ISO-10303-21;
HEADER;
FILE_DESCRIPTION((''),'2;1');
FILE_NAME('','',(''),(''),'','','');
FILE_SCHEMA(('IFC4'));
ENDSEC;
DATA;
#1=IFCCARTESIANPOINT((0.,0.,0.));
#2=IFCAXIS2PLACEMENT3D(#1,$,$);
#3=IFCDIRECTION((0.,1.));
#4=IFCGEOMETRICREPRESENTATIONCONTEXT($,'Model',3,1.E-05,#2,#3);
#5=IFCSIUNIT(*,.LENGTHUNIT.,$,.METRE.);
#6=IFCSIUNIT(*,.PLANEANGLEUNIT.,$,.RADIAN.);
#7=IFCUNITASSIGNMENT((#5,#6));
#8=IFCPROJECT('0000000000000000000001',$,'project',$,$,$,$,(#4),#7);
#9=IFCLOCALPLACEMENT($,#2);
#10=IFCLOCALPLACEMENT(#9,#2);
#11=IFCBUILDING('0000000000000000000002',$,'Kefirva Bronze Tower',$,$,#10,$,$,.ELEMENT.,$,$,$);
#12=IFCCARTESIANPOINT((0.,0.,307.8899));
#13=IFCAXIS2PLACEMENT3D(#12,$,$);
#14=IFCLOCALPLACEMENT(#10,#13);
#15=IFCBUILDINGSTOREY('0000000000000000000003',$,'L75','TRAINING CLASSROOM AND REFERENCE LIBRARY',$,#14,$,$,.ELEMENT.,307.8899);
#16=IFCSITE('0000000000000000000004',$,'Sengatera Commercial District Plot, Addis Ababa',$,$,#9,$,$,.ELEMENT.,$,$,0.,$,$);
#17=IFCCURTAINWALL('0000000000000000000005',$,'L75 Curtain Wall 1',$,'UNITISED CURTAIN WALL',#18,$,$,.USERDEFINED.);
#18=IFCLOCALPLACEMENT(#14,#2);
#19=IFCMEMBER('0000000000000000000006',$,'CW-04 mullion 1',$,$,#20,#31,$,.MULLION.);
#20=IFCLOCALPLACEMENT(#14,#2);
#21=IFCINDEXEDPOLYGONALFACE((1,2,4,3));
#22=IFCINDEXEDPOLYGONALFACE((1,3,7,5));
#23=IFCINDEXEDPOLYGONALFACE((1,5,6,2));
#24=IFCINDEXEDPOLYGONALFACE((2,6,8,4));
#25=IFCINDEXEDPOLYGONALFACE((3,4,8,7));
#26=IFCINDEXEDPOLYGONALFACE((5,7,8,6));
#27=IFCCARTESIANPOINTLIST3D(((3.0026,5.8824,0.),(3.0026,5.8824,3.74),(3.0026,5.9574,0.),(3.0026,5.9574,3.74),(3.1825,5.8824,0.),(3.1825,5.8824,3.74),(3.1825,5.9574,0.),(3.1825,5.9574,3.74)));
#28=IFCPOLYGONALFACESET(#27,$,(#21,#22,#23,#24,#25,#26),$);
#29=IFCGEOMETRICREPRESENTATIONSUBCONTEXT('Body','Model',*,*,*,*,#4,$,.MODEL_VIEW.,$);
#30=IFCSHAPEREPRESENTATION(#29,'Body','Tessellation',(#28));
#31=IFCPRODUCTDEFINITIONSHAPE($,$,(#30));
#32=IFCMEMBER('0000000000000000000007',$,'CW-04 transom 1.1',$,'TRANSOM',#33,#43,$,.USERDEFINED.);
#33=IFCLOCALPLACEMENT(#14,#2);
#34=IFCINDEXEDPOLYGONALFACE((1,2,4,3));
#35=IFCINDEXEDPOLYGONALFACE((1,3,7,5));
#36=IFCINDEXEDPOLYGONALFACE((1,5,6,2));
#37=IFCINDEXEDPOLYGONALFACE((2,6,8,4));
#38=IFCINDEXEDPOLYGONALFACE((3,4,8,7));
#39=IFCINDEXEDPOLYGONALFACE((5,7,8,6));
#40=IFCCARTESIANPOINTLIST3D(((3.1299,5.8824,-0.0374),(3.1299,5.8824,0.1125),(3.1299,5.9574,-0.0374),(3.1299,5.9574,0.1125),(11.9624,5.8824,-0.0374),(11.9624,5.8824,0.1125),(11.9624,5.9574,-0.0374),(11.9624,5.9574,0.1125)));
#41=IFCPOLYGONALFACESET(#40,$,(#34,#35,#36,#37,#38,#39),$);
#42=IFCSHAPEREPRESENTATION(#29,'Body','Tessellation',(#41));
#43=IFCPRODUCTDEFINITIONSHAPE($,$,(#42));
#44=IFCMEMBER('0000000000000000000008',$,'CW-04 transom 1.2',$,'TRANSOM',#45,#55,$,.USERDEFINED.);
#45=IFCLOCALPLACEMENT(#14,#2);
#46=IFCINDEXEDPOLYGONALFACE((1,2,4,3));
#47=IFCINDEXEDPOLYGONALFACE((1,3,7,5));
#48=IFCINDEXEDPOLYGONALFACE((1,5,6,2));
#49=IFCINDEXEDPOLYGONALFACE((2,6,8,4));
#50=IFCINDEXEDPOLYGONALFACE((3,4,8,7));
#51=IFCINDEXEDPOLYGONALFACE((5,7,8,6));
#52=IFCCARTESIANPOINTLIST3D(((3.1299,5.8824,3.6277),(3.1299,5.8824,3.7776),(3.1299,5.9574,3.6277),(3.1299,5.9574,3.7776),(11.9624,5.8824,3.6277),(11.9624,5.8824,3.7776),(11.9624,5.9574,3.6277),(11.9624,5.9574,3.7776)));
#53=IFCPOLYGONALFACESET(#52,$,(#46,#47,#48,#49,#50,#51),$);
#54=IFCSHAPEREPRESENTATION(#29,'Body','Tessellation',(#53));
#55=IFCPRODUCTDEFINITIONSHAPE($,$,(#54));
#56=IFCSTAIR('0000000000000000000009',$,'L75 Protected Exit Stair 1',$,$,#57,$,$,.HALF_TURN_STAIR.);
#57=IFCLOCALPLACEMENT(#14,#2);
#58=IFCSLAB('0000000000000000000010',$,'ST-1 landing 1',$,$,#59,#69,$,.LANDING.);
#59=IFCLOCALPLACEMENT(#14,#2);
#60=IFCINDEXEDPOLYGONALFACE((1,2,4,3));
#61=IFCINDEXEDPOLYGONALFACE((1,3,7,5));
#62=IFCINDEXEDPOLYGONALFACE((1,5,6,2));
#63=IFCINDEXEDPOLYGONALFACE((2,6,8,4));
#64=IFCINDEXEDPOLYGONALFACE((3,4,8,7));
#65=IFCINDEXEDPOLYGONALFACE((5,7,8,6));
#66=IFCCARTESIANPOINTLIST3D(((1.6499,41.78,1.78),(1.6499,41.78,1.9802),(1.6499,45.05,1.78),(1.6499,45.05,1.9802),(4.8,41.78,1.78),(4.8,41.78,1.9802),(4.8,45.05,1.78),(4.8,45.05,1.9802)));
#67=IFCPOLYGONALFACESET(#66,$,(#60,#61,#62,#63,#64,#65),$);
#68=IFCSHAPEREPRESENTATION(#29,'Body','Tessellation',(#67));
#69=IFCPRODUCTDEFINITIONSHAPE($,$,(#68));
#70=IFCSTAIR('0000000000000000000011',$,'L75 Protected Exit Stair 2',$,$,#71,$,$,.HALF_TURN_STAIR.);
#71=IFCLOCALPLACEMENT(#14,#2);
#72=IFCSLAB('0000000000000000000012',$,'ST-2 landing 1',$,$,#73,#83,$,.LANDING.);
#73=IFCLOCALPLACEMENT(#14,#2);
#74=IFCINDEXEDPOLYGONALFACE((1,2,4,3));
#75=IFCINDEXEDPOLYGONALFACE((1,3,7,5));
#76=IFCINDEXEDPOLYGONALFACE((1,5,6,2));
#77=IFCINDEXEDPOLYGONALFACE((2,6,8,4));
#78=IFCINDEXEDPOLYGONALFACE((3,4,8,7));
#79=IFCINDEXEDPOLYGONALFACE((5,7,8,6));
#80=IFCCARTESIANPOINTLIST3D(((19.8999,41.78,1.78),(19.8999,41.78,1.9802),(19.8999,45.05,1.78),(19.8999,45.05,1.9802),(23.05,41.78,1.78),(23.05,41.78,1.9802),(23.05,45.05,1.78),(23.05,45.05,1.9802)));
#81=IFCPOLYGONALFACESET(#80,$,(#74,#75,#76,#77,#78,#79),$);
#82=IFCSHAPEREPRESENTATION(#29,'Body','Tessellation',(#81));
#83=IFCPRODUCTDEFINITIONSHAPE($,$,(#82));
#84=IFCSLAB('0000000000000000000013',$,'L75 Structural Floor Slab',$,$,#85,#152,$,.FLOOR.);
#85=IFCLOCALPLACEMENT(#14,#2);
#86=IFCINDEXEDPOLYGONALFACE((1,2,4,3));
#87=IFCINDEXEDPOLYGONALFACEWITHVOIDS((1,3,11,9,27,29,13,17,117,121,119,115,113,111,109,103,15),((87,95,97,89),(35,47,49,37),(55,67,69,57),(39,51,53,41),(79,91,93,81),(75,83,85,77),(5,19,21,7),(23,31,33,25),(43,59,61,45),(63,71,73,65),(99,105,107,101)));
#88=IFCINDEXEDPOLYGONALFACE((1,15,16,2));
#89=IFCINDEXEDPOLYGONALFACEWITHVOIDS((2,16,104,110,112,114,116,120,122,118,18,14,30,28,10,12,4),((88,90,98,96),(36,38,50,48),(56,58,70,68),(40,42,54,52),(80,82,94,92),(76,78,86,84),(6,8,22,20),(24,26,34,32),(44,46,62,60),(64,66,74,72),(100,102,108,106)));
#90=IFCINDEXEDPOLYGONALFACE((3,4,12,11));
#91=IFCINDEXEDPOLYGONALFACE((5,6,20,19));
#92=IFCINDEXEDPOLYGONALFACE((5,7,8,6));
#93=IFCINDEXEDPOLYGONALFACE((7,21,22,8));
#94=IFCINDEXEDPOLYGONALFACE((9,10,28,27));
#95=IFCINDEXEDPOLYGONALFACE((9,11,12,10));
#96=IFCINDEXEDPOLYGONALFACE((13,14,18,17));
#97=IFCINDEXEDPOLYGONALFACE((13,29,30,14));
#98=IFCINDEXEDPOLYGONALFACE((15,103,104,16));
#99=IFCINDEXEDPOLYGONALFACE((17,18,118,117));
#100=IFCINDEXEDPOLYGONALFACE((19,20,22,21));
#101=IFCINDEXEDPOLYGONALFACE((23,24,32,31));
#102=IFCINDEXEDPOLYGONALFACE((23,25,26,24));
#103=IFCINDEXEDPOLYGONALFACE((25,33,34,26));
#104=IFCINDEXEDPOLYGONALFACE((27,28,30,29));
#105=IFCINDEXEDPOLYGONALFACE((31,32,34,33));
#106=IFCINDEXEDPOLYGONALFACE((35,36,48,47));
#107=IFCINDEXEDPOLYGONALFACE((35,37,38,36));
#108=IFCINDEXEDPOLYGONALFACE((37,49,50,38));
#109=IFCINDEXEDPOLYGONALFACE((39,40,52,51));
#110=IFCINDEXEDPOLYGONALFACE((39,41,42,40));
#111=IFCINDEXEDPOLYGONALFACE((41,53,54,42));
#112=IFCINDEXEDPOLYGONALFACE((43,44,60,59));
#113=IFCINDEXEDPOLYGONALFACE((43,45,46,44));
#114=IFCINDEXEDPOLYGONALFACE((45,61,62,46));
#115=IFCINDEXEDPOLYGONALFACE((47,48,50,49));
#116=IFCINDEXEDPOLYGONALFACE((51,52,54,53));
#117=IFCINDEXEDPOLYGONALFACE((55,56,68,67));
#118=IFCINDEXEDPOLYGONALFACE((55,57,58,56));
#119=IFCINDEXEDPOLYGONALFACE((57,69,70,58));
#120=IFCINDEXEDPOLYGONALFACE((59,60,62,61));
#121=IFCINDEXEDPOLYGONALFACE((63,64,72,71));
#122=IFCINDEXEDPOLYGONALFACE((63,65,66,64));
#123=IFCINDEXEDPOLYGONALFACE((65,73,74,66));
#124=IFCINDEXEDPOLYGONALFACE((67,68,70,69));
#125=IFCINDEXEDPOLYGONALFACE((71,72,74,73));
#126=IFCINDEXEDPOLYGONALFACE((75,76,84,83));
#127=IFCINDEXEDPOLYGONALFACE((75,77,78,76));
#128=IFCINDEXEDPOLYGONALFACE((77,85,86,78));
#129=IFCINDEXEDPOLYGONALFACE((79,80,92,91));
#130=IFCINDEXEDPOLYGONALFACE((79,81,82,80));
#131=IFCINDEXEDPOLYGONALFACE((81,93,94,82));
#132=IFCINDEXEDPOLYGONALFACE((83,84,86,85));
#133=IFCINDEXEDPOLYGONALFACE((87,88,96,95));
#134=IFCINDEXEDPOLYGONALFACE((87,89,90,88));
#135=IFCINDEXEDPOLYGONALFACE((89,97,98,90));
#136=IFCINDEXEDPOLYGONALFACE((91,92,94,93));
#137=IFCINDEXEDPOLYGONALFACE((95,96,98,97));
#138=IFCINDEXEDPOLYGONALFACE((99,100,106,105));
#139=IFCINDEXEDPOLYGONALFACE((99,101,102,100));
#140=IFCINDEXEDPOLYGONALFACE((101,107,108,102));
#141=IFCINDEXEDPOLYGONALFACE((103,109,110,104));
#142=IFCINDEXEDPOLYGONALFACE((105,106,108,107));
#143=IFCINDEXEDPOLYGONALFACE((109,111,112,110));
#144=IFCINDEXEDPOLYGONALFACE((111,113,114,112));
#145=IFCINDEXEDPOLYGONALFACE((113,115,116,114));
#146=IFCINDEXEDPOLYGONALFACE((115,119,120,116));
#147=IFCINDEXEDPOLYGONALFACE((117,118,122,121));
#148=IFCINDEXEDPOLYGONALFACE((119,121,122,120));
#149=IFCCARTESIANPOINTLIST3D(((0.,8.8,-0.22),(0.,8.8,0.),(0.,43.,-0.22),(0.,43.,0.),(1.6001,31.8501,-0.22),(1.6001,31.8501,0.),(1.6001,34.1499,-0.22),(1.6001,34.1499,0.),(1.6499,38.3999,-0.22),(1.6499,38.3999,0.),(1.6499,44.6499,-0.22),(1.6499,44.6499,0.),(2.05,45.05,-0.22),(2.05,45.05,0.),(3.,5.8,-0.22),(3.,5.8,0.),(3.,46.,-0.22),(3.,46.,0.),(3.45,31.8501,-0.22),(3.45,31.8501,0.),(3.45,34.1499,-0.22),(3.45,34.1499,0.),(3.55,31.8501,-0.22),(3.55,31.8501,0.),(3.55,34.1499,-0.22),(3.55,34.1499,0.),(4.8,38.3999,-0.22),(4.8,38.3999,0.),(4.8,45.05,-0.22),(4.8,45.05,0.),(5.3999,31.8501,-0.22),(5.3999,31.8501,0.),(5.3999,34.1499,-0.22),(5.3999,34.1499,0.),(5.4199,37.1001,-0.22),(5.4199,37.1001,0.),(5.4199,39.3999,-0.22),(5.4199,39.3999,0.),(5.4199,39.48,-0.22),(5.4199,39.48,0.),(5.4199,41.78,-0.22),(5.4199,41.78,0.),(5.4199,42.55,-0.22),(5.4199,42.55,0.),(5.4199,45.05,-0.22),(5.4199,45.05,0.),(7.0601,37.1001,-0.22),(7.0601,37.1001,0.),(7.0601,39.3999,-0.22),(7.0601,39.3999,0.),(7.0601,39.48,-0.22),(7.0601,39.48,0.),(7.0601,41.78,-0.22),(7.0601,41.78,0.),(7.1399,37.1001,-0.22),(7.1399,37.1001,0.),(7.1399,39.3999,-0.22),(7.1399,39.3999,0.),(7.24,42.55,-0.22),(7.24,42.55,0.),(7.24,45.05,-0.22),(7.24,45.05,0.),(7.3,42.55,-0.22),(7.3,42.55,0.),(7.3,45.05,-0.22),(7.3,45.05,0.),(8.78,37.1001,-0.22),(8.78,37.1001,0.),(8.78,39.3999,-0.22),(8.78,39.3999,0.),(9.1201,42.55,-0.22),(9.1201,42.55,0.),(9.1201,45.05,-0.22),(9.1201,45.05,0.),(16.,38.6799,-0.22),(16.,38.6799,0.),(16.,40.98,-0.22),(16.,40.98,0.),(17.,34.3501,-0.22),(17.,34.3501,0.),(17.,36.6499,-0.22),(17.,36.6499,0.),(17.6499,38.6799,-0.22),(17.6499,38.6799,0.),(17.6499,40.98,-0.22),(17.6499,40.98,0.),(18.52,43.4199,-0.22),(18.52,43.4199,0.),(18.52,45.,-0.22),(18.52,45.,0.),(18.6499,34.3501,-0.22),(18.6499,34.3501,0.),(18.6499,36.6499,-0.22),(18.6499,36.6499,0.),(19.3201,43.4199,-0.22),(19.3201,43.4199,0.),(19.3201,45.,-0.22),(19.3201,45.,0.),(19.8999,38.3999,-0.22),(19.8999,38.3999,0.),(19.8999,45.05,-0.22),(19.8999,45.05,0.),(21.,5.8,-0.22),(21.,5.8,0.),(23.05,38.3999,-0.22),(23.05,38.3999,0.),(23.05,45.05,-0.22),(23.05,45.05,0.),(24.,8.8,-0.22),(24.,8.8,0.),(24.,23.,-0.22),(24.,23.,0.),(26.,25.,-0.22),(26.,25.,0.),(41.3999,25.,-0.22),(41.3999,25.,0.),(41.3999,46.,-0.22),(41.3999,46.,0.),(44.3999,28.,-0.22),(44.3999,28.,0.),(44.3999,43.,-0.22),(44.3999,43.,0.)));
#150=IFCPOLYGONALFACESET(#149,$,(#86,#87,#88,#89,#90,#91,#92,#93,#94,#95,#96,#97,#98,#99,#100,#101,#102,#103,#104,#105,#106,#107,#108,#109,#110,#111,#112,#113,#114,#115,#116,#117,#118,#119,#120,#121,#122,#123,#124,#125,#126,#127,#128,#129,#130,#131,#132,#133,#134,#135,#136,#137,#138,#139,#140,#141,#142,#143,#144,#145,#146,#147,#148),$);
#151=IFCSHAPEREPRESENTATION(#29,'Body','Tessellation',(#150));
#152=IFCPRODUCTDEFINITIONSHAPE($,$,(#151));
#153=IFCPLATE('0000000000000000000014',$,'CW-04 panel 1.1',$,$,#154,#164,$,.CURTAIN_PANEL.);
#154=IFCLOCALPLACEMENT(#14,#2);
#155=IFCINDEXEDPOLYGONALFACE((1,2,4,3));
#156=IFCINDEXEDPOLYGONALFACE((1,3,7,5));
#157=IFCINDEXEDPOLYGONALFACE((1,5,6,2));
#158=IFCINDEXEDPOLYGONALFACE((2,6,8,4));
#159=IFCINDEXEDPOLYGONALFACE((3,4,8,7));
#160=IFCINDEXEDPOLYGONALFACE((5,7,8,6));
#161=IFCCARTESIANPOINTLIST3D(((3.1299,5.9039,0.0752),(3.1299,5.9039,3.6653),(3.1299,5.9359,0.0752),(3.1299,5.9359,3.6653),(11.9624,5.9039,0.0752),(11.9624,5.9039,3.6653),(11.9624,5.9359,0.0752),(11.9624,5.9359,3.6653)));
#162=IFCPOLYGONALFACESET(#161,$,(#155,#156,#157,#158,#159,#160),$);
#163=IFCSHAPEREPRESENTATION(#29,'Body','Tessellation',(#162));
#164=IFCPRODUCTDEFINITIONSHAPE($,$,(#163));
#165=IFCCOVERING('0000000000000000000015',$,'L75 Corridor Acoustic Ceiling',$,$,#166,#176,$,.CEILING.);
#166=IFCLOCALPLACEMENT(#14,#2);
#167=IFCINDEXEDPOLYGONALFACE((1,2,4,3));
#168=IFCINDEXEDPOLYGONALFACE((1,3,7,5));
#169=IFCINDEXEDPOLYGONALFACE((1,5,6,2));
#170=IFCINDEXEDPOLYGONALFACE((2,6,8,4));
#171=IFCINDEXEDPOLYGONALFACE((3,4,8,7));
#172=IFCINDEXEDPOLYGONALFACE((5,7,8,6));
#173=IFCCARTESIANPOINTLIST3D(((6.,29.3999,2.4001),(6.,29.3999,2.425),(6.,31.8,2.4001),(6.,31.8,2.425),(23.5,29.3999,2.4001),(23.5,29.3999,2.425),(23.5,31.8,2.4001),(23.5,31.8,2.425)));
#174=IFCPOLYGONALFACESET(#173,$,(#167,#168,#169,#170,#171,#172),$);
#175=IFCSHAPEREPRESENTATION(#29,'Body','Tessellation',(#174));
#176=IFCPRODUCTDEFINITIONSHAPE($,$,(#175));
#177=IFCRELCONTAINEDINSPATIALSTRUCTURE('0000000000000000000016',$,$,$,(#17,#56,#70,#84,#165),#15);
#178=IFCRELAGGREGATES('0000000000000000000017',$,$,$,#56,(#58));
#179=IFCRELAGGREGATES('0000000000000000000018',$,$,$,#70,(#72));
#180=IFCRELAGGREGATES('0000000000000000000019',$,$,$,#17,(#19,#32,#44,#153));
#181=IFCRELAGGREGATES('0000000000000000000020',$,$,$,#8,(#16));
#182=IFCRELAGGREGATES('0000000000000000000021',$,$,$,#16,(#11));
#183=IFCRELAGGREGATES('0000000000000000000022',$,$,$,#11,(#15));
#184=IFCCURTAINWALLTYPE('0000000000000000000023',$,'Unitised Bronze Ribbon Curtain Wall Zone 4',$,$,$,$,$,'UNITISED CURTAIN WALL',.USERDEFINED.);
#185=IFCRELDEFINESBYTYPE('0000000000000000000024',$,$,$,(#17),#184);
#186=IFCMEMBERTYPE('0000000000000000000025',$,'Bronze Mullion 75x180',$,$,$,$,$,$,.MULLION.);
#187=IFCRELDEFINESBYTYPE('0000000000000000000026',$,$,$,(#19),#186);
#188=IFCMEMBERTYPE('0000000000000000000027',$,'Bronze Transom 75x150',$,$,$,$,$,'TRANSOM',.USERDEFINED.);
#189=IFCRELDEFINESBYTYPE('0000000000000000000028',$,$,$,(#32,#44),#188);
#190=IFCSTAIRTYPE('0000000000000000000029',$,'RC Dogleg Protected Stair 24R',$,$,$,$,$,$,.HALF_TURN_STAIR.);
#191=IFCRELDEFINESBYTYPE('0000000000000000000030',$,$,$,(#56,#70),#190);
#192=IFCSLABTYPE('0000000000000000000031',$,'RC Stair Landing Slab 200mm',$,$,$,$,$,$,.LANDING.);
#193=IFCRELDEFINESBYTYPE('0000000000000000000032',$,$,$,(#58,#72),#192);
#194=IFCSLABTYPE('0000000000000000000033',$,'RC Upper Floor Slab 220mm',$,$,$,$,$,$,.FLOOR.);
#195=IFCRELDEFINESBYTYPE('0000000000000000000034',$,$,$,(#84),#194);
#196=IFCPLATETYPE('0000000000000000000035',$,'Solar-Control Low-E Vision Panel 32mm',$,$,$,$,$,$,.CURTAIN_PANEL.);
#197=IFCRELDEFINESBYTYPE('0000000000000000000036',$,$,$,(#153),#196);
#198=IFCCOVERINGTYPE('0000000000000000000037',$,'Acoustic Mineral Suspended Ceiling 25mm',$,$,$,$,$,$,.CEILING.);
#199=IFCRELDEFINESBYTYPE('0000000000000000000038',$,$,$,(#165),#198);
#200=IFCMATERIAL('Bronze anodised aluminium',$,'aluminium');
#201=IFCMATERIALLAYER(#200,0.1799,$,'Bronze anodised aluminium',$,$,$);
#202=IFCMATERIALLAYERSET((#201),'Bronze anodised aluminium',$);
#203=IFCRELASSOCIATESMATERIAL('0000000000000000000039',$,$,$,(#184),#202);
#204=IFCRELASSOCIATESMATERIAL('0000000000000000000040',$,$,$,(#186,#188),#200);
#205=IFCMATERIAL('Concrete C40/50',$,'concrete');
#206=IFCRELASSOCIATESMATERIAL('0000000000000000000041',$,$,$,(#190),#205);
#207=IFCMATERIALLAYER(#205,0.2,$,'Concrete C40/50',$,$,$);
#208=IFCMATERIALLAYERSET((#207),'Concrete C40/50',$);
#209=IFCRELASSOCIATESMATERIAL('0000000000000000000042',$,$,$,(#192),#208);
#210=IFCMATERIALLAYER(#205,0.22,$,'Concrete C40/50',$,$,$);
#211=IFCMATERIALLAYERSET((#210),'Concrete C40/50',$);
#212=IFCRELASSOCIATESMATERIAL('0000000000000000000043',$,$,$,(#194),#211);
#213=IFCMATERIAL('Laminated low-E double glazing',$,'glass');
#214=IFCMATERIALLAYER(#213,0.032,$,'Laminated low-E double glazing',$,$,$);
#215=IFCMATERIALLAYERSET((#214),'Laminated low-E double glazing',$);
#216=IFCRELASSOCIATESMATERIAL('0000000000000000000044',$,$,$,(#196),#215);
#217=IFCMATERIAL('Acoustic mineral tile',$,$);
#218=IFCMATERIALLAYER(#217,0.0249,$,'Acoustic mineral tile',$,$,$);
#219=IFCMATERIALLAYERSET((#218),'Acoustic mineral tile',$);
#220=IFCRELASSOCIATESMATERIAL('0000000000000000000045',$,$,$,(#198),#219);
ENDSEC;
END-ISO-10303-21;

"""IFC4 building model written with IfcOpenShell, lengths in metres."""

from ifc_helpers import new_model, si_unit, direction, frame, origin, origin_2d, place, context, subcontext, project, spatial, polyline, rectangle, outline, extrude, material, layer, layer_set, material_profile, profile_set, type_object, element, aggregate, save


model = new_model("IFC4")

# Units and contexts
model_context = context("Model", 3, precision=1e-05, world=origin(), true_north=direction((0.0, 1.0)))
body_context = subcontext(model_context, "Body", "Model", "MODEL_VIEW")
ifc_project = project(units=[si_unit("LENGTHUNIT", "METRE"), si_unit("PLANEANGLEUNIT", "RADIAN")], contexts=[model_context])

# Site, building, storey
site_placement = place(None, origin())
site = spatial("IfcSite", under=ifc_project, at=site_placement, Name="Sengatera Commercial District Plot, Addis Ababa", CompositionType="ELEMENT", RefElevation=0.0)
building_placement = place(site_placement, origin())
building = spatial("IfcBuilding", under=site, at=building_placement, Name="Kefirva Bronze Tower", CompositionType="ELEMENT")
storey_placement = place(building_placement, frame((0.0, 0.0, 307.8899)))
storey = spatial("IfcBuildingStorey", under=building, at=storey_placement, Name="L75", Description="TRAINING CLASSROOM AND REFERENCE LIBRARY", CompositionType="ELEMENT", Elevation=307.8899)

# Curtain wall, members
ifc_material_1 = material(Name="Bronze anodised aluminium", Category="aluminium")
ifc_layer_1 = layer(ifc_material_1, 0.1799, Name="Bronze anodised aluminium")
ifc_layer_set_1 = layer_set([ifc_layer_1], Name="Bronze anodised aluminium")
curtain_wall_type = type_object("IfcCurtainWallType", Name="Unitised Bronze Ribbon Curtain Wall Zone 4", ElementType="UNITISED CURTAIN WALL", PredefinedType="USERDEFINED", material=ifc_layer_set_1)
curtain_wall_placement = place(storey_placement, origin())
curtain_wall = element("IfcCurtainWall", 1, at=curtain_wall_placement, inside=storey, type_object=curtain_wall_type, Name="L75 Curtain Wall 1", ObjectType="UNITISED CURTAIN WALL", PredefinedType="USERDEFINED")
ifc_material_profile_1 = material_profile(ifc_material_1, rectangle(XDim=0.075, YDim=0.1799, at=origin_2d()), Name="ALU 75x180")
ifc_profile_set_1 = profile_set([ifc_material_profile_1], Name="Bronze anodised aluminium")
member_type_1 = type_object("IfcMemberType", Name="Bronze Mullion 75x180", PredefinedType="MULLION", material=ifc_profile_set_1)
member_1_placement = place(storey_placement, frame((3.0925, 5.9199, 0.0), z_axis=(0.0, 0.0, 1.0), x_axis=(0.0, 1.0, 0.0)))
member_1 = element("IfcMember", 2, at=member_1_placement, type_object=member_type_1, Name="CW-04 mullion 1", PredefinedType="MULLION", context=body_context, shape_type="SweptSolid", body=[
    extrude(rectangle(XDim=0.075, YDim=0.1799, at=origin_2d()), origin(), (0.0, 0.0, 1.0), 3.74),
])
ifc_material_profile_2 = material_profile(ifc_material_1, rectangle(XDim=0.075, YDim=0.1499, at=origin_2d()), Name="ALU 75x150")
ifc_profile_set_2 = profile_set([ifc_material_profile_2], Name="Bronze anodised aluminium")
member_type_2 = type_object("IfcMemberType", Name="Bronze Transom 75x150", ElementType="TRANSOM", PredefinedType="USERDEFINED", material=ifc_profile_set_2)
member_2_placement = place(storey_placement, frame((3.1299, 5.9199, 0.0376), z_axis=(1.0, 0.0, 0.0), x_axis=(0.0, 1.0, 0.0)))
member_2 = element("IfcMember", 3, at=member_2_placement, type_object=member_type_2, Name="CW-04 transom 1.1", ObjectType="TRANSOM", PredefinedType="USERDEFINED", context=body_context, shape_type="SweptSolid", body=[
    extrude(rectangle(XDim=0.075, YDim=0.1499, at=origin_2d()), origin(), (0.0, 0.0, 1.0), 8.8325),
])
member_3_placement = place(storey_placement, frame((3.1299, 5.9199, 3.7026), z_axis=(1.0, 0.0, 0.0), x_axis=(0.0, 1.0, 0.0)))
member_3 = element("IfcMember", 4, at=member_3_placement, type_object=member_type_2, Name="CW-04 transom 1.2", ObjectType="TRANSOM", PredefinedType="USERDEFINED", context=body_context, shape_type="SweptSolid", body=[
    extrude(rectangle(XDim=0.075, YDim=0.1499, at=origin_2d()), origin(), (0.0, 0.0, 1.0), 8.8325),
])

# Stairs, slabs
ifc_material_2 = material(Name="Concrete C40/50", Category="concrete")
stair_type = type_object("IfcStairType", Name="RC Dogleg Protected Stair 24R", PredefinedType="HALF_TURN_STAIR", material=ifc_material_2)
stair_1_placement = place(storey_placement, origin())
stair_1 = element("IfcStair", 5, at=stair_1_placement, inside=storey, type_object=stair_type, Name="L75 Protected Exit Stair 1", PredefinedType="HALF_TURN_STAIR")
ifc_layer_2 = layer(ifc_material_2, 0.2, Name="Concrete C40/50")
ifc_layer_set_2 = layer_set([ifc_layer_2], Name="Concrete C40/50")
slab_type_1 = type_object("IfcSlabType", Name="RC Stair Landing Slab 200mm", PredefinedType="LANDING", material=ifc_layer_set_2)
slab_1_placement = place(storey_placement, frame((0.0, 0.0, 1.78)))
slab_1 = element("IfcSlab", 6, at=slab_1_placement, type_object=slab_type_1, Name="ST-1 landing 1", PredefinedType="LANDING", context=body_context, shape_type="SweptSolid", body=[
    extrude(outline(polyline([(4.8, 41.78), (4.8, 45.05), (1.6499, 45.05), (1.6499, 41.78), (4.8, 41.78)])), origin(), (0.0, 0.0, 1.0), 0.2002),
])
aggregate(stair_1, [slab_1])
stair_2_placement = place(storey_placement, origin())
stair_2 = element("IfcStair", 7, at=stair_2_placement, inside=storey, type_object=stair_type, Name="L75 Protected Exit Stair 2", PredefinedType="HALF_TURN_STAIR")
slab_2_placement = place(storey_placement, frame((0.0, 0.0, 1.78)))
slab_2 = element("IfcSlab", 8, at=slab_2_placement, type_object=slab_type_1, Name="ST-2 landing 1", PredefinedType="LANDING", context=body_context, shape_type="SweptSolid", body=[
    extrude(outline(polyline([(23.05, 41.78), (23.05, 45.05), (19.8999, 45.05), (19.8999, 41.78), (23.05, 41.78)])), origin(), (0.0, 0.0, 1.0), 0.2002),
])
aggregate(stair_2, [slab_2])

# Slab
ifc_layer_3 = layer(ifc_material_2, 0.22, Name="Concrete C40/50")
ifc_layer_set_3 = layer_set([ifc_layer_3], Name="Concrete C40/50")
slab_type_2 = type_object("IfcSlabType", Name="RC Upper Floor Slab 220mm", PredefinedType="FLOOR", material=ifc_layer_set_3)
slab_3_placement = place(storey_placement, frame((0.0, 0.0, -0.22)))
element("IfcSlab", 9, at=slab_3_placement, inside=storey, type_object=slab_type_2, Name="L75 Structural Floor Slab", PredefinedType="FLOOR", context=body_context, shape_type="SweptSolid", body=[
    extrude(outline(polyline([(0.0, 8.8), (0.0, 43.0), (1.6499, 44.6499), (1.6499, 38.3999), (4.8, 38.3999), (4.8, 45.05), (2.05, 45.05), (3.0, 46.0), (41.3999, 46.0), (44.3999, 43.0), (44.3999, 28.0), (41.3999, 25.0), (26.0, 25.0), (24.0, 23.0), (24.0, 8.8), (21.0, 5.8), (3.0, 5.8), (0.0, 8.8)]), holes=[polyline([(23.05, 45.05), (19.8999, 45.05), (19.8999, 38.3999), (23.05, 38.3999), (23.05, 45.05)]), polyline([(19.3201, 43.4199), (19.3201, 45.0), (18.52, 45.0), (18.52, 43.4199), (19.3201, 43.4199)]), polyline([(18.6499, 36.6499), (17.0, 36.6499), (17.0, 34.3501), (18.6499, 34.3501), (18.6499, 36.6499)]), polyline([(17.6499, 38.6799), (17.6499, 40.98), (16.0, 40.98), (16.0, 38.6799), (17.6499, 38.6799)]), polyline([(9.1201, 42.55), (9.1201, 45.05), (7.3, 45.05), (7.3, 42.55), (9.1201, 42.55)]), polyline([(8.78, 37.1001), (8.78, 39.3999), (7.1399, 39.3999), (7.1399, 37.1001), (8.78, 37.1001)]), polyline([(7.24, 42.55), (7.24, 45.05), (5.4199, 45.05), (5.4199, 42.55), (7.24, 42.55)]), polyline([(7.0601, 37.1001), (7.0601, 39.3999), (5.4199, 39.3999), (5.4199, 37.1001), (7.0601, 37.1001)]), polyline([(7.0601, 41.78), (5.4199, 41.78), (5.4199, 39.48), (7.0601, 39.48), (7.0601, 41.78)]), polyline([(5.3999, 31.8501), (5.3999, 34.1499), (3.55, 34.1499), (3.55, 31.8501), (5.3999, 31.8501)]), polyline([(3.45, 34.1499), (1.6001, 34.1499), (1.6001, 31.8501), (3.45, 31.8501), (3.45, 34.1499)])]), origin(), (0.0, 0.0, 1.0), 0.22),
])

# Plate
ifc_material_3 = material(Name="Laminated low-E double glazing", Category="glass")
ifc_layer_4 = layer(ifc_material_3, 0.032, Name="Laminated low-E double glazing")
ifc_layer_set_4 = layer_set([ifc_layer_4], Name="Laminated low-E double glazing")
plate_type = type_object("IfcPlateType", Name="Solar-Control Low-E Vision Panel 32mm", PredefinedType="CURTAIN_PANEL", material=ifc_layer_set_4)
plate_placement = place(storey_placement, frame((7.5461, 5.9199, 0.0752), z_axis=(0.0, 0.0, 1.0), x_axis=(1.0, 0.0, 0.0)))
plate = element("IfcPlate", 10, at=plate_placement, type_object=plate_type, Name="CW-04 panel 1.1", PredefinedType="CURTAIN_PANEL", context=body_context, shape_type="SweptSolid", body=[
    extrude(rectangle(XDim=8.8325, YDim=0.032, at=origin_2d()), origin(), (0.0, 0.0, 1.0), 3.5901),
])
aggregate(curtain_wall, [member_1, member_2, member_3, plate])

# Covering
ifc_material_4 = material(Name="Acoustic mineral tile")
ifc_layer_5 = layer(ifc_material_4, 0.0249, Name="Acoustic mineral tile")
ifc_layer_set_5 = layer_set([ifc_layer_5], Name="Acoustic mineral tile")
covering_type_1 = type_object("IfcCoveringType", Name="Acoustic Mineral Suspended Ceiling 25mm", PredefinedType="CEILING", material=ifc_layer_set_5)
covering_1_placement = place(storey_placement, frame((0.0, 0.0, 2.4001)))
element("IfcCovering", 11, at=covering_1_placement, inside=storey, type_object=covering_type_1, Name="L75 Corridor Acoustic Ceiling", PredefinedType="CEILING", context=body_context, shape_type="SweptSolid", body=[
    extrude(outline(polyline([(6.0, 29.3999), (23.5, 29.3999), (23.5, 31.8), (6.0, 31.8), (6.0, 29.3999)])), origin(), (0.0, 0.0, 1.0), 0.0249),
])

save(model, "model.ifc")
